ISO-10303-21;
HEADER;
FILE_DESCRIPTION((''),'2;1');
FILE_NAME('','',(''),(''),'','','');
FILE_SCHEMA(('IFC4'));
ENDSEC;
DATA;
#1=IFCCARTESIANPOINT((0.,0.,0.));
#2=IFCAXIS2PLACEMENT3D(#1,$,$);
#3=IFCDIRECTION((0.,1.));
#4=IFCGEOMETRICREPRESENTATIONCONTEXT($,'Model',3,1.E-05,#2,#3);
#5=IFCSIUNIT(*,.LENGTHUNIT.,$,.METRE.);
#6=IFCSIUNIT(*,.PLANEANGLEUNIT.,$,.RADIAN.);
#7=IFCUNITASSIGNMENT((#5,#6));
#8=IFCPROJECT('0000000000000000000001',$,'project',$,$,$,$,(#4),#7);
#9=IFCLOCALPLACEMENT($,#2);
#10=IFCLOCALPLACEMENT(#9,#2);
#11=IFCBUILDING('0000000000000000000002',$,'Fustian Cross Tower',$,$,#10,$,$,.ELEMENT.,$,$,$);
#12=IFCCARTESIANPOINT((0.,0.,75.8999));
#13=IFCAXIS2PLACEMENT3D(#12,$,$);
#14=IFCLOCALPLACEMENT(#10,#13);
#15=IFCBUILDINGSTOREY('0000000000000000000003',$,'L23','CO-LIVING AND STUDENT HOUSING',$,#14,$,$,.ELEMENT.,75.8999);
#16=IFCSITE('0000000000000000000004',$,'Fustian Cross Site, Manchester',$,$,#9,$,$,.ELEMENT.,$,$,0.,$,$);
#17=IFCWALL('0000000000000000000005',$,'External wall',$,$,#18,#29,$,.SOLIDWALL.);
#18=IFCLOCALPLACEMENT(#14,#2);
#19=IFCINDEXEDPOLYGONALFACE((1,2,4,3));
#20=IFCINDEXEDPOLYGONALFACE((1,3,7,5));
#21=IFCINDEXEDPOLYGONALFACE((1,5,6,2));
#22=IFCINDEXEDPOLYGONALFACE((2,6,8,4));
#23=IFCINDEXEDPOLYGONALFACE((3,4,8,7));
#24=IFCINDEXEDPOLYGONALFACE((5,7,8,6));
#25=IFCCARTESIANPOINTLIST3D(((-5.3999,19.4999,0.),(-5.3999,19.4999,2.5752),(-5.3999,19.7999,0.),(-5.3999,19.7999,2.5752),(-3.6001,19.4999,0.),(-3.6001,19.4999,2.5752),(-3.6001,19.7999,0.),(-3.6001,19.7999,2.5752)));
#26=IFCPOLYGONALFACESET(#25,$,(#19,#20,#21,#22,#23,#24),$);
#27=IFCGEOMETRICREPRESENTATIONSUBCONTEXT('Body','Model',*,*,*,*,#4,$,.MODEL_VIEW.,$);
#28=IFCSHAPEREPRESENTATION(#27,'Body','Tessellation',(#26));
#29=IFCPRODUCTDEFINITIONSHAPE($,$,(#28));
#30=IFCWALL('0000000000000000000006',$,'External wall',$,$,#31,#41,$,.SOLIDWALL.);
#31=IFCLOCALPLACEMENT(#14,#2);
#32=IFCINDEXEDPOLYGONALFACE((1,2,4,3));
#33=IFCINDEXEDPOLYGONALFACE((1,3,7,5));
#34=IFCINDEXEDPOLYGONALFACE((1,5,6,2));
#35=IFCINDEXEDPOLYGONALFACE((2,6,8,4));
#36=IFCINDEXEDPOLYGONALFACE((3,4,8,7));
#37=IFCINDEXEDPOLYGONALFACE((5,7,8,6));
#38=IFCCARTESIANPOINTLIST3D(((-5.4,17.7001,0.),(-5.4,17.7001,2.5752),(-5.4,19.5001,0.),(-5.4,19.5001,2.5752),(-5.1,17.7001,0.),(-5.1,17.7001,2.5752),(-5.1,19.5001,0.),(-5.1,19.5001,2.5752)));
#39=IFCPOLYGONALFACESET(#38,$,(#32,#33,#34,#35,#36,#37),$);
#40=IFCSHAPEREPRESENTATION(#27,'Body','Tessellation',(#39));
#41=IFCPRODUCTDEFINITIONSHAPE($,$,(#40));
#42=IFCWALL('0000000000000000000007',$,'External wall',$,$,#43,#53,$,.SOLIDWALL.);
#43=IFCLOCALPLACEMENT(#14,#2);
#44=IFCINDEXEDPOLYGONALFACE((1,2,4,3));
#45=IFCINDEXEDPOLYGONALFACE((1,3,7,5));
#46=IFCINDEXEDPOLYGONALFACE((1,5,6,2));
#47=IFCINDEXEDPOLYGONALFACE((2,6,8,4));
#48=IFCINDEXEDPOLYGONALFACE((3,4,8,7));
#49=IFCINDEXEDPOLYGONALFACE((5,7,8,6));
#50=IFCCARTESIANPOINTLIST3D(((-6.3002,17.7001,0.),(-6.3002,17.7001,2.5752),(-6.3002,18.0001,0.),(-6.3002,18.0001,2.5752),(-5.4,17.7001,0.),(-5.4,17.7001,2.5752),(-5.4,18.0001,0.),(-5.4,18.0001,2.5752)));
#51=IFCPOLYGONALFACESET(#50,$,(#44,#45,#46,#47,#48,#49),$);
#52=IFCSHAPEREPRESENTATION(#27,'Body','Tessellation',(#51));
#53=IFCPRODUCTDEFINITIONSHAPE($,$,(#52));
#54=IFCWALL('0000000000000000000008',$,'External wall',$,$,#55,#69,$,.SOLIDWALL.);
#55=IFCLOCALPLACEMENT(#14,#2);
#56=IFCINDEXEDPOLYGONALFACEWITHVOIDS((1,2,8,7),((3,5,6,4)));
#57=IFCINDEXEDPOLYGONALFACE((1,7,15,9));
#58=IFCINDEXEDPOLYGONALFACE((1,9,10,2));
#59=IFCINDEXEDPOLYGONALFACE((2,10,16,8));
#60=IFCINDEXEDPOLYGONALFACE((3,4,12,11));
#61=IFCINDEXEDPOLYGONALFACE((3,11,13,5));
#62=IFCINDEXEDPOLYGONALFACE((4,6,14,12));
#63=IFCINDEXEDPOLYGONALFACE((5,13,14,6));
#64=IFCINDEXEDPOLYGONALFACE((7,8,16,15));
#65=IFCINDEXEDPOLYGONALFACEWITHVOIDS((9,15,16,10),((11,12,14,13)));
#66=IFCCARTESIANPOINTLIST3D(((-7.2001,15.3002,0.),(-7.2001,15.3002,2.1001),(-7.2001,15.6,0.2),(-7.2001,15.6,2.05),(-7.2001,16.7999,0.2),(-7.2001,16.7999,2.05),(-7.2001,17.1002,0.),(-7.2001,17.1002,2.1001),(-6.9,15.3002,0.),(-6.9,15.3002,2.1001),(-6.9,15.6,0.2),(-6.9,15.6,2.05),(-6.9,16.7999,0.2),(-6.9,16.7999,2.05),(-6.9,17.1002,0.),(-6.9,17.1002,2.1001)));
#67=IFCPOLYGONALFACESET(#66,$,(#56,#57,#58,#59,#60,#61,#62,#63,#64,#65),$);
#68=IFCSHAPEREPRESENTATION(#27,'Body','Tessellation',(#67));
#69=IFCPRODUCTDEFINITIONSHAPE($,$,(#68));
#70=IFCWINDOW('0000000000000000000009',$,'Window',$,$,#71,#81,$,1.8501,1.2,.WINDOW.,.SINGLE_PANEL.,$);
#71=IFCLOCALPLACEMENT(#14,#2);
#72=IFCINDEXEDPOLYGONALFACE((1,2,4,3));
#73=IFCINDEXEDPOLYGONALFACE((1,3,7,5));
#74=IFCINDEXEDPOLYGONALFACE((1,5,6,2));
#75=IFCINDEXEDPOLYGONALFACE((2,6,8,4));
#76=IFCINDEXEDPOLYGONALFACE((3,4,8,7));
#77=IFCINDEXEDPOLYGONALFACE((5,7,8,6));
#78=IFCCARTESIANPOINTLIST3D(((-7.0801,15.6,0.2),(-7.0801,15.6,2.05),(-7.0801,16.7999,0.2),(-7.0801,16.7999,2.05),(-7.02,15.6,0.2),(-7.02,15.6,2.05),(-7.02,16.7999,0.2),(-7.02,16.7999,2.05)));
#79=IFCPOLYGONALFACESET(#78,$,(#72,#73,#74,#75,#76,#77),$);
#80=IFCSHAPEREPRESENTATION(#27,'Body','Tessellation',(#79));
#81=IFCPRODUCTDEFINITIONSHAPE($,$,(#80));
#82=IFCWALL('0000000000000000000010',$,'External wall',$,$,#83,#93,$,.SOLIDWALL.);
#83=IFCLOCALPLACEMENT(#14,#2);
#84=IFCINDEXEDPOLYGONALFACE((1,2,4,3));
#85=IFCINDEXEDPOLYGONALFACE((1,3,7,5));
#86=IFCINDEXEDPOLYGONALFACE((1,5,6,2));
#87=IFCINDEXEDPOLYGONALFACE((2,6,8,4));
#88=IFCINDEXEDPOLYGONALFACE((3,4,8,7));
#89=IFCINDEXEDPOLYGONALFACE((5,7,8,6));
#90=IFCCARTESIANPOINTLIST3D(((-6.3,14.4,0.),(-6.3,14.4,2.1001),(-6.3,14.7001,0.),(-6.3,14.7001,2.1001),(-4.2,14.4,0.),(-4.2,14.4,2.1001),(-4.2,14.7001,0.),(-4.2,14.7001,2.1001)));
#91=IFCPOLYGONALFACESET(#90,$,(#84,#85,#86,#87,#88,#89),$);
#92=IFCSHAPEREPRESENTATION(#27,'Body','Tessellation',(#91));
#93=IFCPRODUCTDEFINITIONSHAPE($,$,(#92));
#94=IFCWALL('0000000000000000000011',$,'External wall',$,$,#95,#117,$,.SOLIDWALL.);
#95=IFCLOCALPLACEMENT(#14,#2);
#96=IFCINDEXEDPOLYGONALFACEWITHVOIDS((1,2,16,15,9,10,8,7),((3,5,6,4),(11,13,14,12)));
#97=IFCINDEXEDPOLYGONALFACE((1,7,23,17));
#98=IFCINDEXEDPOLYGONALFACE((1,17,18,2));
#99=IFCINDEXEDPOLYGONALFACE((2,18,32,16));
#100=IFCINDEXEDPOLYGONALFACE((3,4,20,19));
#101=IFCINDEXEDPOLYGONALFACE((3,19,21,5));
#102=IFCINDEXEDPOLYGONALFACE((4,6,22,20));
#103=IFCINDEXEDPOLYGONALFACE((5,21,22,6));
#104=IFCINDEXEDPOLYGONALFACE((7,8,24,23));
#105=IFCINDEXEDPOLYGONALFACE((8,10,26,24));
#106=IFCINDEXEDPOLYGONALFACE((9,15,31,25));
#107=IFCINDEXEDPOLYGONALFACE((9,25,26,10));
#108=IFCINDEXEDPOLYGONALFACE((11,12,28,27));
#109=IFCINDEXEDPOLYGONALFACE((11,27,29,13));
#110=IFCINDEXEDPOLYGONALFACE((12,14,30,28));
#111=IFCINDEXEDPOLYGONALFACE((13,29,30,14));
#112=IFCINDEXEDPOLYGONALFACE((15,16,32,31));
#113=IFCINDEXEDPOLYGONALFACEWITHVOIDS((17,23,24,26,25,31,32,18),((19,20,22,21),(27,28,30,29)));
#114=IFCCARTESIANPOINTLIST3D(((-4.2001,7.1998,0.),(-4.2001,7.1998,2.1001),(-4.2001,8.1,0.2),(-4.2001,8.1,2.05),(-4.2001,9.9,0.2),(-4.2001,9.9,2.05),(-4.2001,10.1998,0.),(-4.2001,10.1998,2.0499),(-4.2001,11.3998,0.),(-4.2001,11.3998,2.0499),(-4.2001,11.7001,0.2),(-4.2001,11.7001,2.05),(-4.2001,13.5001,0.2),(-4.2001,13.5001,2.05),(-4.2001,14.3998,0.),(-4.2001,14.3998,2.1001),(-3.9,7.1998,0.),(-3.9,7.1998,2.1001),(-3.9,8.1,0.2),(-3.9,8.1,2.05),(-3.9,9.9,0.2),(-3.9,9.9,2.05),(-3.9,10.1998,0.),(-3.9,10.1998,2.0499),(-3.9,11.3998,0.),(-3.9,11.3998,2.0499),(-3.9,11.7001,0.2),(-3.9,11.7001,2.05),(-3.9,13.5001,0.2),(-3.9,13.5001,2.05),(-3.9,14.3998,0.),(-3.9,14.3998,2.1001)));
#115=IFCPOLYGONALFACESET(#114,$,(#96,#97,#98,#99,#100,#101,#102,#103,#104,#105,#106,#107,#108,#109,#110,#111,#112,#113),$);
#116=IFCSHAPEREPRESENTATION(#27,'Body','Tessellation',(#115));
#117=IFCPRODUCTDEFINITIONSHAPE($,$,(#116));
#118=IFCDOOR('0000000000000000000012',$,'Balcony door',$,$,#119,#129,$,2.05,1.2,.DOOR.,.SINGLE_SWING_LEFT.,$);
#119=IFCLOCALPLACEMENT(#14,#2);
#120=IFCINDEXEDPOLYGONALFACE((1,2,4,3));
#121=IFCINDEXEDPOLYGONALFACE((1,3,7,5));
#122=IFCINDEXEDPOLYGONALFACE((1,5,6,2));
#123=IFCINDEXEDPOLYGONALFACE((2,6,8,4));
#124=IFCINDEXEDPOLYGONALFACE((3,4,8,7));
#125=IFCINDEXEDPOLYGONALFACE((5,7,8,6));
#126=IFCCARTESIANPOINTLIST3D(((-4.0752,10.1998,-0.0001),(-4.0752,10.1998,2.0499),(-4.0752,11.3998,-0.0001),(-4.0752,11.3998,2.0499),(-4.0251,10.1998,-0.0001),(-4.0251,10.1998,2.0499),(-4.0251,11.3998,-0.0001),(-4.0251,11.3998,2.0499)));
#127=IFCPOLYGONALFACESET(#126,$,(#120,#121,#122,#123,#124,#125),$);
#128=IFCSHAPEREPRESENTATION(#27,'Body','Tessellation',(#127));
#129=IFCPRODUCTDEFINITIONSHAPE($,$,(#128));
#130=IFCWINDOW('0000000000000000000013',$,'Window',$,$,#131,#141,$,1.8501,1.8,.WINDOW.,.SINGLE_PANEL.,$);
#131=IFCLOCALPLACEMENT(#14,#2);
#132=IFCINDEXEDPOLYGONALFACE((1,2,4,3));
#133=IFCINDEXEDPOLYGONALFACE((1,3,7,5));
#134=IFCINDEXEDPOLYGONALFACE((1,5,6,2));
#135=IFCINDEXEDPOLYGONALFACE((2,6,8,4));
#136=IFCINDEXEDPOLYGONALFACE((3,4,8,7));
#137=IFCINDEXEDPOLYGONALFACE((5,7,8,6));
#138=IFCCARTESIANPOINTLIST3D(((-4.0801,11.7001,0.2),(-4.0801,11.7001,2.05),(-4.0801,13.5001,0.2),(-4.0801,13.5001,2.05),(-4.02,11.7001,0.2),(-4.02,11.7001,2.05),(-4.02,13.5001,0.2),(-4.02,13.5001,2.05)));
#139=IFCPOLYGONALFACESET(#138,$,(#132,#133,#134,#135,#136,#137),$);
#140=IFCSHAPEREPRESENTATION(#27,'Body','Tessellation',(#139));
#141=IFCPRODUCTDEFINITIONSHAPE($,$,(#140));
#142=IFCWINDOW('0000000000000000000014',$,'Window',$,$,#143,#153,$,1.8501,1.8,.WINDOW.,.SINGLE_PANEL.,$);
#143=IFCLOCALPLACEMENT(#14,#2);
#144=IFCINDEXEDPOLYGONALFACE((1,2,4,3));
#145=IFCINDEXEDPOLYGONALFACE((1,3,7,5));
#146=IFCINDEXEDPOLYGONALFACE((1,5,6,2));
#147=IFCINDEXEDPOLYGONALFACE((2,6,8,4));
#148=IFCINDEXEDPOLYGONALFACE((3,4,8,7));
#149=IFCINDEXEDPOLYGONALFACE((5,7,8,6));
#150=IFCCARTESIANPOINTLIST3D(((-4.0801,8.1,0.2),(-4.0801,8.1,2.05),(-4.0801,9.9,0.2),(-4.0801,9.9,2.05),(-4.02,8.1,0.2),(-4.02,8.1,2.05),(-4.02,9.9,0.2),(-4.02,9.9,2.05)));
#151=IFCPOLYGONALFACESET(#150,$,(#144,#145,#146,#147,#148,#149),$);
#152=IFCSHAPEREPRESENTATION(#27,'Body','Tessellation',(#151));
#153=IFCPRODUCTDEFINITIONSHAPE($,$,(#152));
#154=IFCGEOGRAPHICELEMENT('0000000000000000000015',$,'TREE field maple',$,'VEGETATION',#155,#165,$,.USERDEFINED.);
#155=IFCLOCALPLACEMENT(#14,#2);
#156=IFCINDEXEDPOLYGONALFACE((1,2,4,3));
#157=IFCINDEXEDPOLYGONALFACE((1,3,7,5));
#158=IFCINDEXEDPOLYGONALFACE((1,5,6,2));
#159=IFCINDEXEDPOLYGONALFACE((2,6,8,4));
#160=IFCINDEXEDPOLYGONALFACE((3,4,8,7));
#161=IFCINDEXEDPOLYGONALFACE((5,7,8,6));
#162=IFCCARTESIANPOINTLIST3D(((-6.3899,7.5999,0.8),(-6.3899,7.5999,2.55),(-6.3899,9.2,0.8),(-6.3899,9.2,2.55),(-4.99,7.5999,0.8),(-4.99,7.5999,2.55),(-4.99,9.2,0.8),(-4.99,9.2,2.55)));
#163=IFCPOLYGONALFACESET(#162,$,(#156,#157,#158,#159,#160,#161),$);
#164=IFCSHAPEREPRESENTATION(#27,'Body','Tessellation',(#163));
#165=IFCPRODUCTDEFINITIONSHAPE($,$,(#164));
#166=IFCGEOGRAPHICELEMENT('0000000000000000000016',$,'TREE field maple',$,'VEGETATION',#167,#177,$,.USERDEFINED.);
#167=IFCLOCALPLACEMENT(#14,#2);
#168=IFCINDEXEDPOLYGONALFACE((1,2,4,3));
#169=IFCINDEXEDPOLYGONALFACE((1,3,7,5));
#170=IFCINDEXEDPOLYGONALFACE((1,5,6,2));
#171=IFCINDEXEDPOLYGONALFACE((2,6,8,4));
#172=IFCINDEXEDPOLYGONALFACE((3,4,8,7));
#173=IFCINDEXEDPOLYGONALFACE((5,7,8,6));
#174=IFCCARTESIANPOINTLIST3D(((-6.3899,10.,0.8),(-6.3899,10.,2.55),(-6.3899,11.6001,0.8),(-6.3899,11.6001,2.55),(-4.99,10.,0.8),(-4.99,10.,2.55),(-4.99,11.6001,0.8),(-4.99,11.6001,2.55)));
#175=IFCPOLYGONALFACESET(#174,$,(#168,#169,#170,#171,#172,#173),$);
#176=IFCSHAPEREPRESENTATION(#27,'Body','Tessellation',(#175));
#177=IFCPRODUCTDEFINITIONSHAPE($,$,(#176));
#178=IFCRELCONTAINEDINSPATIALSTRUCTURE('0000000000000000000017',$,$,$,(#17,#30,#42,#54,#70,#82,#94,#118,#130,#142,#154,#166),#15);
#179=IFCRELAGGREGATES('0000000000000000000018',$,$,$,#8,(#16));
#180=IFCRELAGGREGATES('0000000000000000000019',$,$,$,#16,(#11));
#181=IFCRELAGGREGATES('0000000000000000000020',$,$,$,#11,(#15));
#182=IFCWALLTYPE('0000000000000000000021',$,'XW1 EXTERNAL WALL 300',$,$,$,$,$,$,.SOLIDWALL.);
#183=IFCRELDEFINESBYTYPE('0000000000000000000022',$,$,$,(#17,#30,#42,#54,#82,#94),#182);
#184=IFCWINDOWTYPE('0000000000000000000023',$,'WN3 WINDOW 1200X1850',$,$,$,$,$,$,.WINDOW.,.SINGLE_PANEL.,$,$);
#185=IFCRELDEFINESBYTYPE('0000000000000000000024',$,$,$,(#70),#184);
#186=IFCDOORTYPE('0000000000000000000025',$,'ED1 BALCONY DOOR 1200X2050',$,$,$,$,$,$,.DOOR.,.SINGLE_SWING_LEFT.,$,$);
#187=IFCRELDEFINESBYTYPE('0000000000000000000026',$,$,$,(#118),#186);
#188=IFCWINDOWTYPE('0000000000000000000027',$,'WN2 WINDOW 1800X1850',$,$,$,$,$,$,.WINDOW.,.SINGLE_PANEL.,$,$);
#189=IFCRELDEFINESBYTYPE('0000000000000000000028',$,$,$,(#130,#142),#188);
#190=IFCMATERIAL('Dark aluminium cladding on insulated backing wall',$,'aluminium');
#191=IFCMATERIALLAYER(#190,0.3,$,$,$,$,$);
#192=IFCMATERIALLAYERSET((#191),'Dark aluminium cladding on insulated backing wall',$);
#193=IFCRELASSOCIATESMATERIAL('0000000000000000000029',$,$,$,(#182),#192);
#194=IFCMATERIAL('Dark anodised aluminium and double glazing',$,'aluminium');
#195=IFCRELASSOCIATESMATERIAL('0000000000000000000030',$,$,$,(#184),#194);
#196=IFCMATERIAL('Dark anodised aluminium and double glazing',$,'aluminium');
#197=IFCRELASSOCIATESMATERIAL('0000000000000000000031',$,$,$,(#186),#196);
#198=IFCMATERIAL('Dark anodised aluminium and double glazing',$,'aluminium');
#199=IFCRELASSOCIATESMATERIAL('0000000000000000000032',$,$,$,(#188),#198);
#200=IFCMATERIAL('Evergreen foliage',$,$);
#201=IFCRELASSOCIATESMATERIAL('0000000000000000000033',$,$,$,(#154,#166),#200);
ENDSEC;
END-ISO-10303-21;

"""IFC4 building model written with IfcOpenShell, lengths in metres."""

from ifc_helpers import new_model, si_unit, direction, frame, frame_2d, origin, origin_2d, place, context, subcontext, project, spatial, rectangle, extrude, material, layer, layer_set, type_object, element, fill, save


model = new_model("IFC4")

# Units and contexts
model_context = context("Model", 3, precision=1e-05, world=origin(), true_north=direction((0.0, 1.0)))
body_context = subcontext(model_context, "Body", "Model", "MODEL_VIEW")
ifc_project = project(units=[si_unit("LENGTHUNIT", "METRE"), si_unit("PLANEANGLEUNIT", "RADIAN")], contexts=[model_context])

# Site, building, storey
site_placement = place(None, origin())
site = spatial("IfcSite", under=ifc_project, at=site_placement, Name="Fustian Cross Site, Manchester", CompositionType="ELEMENT", RefElevation=0.0)
building_placement = place(site_placement, origin())
building = spatial("IfcBuilding", under=site, at=building_placement, Name="Fustian Cross Tower", CompositionType="ELEMENT")
storey_placement = place(building_placement, frame((0.0, 0.0, 75.8999)))
storey = spatial("IfcBuildingStorey", under=building, at=storey_placement, Name="L23", Description="CO-LIVING AND STUDENT HOUSING", CompositionType="ELEMENT", Elevation=75.8999)

# Walls
ifc_material_1 = material(Name="Dark aluminium cladding on insulated backing wall", Category="aluminium")
ifc_layer_1 = layer(ifc_material_1, 0.3)
ifc_layer_set_1 = layer_set([ifc_layer_1], Name="Dark aluminium cladding on insulated backing wall")
wall_type_1 = type_object("IfcWallType", Name="XW1 EXTERNAL WALL 300", PredefinedType="SOLIDWALL", material=ifc_layer_set_1)
wall_1_placement = place(storey_placement, frame((-3.6001, 19.6499, 0.0), z_axis=(0.0, 0.0, 1.0), x_axis=(-1.0, 0.0, 0.0)))
element("IfcWall", 1, at=wall_1_placement, inside=storey, type_object=wall_type_1, Name="External wall", PredefinedType="SOLIDWALL", context=body_context, shape_type="SweptSolid", body=[
    extrude(rectangle(XDim=1.7998, YDim=0.3, at=frame_2d((0.8999, 0.0))), origin(), (0.0, 0.0, 1.0), 2.5752),
])
wall_2_placement = place(storey_placement, frame((-5.25, 19.5, 0.0), z_axis=(0.0, 0.0, 1.0), x_axis=(0.0, -1.0, 0.0)))
element("IfcWall", 2, at=wall_2_placement, inside=storey, type_object=wall_type_1, Name="External wall", PredefinedType="SOLIDWALL", context=body_context, shape_type="SweptSolid", body=[
    extrude(rectangle(XDim=1.8, YDim=0.3, at=frame_2d((0.8999, 0.0))), origin(), (0.0, 0.0, 1.0), 2.5752),
])
wall_3_placement = place(storey_placement, frame((-5.3999, 17.8501, 0.0), z_axis=(0.0, 0.0, 1.0), x_axis=(-1.0, 0.0, 0.0)))
element("IfcWall", 3, at=wall_3_placement, inside=storey, type_object=wall_type_1, Name="External wall", PredefinedType="SOLIDWALL", context=body_context, shape_type="SweptSolid", body=[
    extrude(rectangle(XDim=0.9001, YDim=0.3, at=frame_2d((0.4502, 0.0))), origin(), (0.0, 0.0, 1.0), 2.5752),
])

# Wall, opening, window
wall_4_placement = place(storey_placement, frame((-7.05, 17.1001, 0.0), z_axis=(0.0, 0.0, 1.0), x_axis=(0.0, -1.0, 0.0)))
wall_4 = element("IfcWall", 4, at=wall_4_placement, inside=storey, type_object=wall_type_1, Name="External wall", PredefinedType="SOLIDWALL", context=body_context, shape_type="SweptSolid", body=[
    extrude(rectangle(XDim=1.8, YDim=0.3, at=frame_2d((0.8999, 0.0))), origin(), (0.0, 0.0, 1.0), 2.1001),
])
opening_1_placement = place(wall_4_placement, frame((0.3, 0.0, 0.2)))
opening_1 = element("IfcOpeningElement", 5, at=opening_1_placement, cuts=wall_4, PredefinedType="OPENING", context=body_context, shape_type="SweptSolid", body=[
    extrude(rectangle(XDim=1.2, YDim=1.8501, at=frame_2d((0.6001, 0.925))), frame((0.0, 0.1599, 0.0), z_axis=(0.0, -1.0, 0.0), x_axis=(1.0, 0.0, 0.0)), (0.0, 0.0, 1.0), 0.3201),
])
ifc_material_2 = material(Name="Dark anodised aluminium and double glazing", Category="aluminium")
window_type_1 = type_object("IfcWindowType", Name="WN3 WINDOW 1200X1850", PartitioningType="SINGLE_PANEL", PredefinedType="WINDOW", material=ifc_material_2)
window_1_placement = place(opening_1_placement, origin())
window_1 = element("IfcWindow", 6, at=window_1_placement, inside=storey, type_object=window_type_1, Name="Window", OverallHeight=1.8501, OverallWidth=1.2, PartitioningType="SINGLE_PANEL", PredefinedType="WINDOW", context=body_context, shape_type="SweptSolid", body=[
    extrude(rectangle(XDim=1.2, YDim=1.8501, at=frame_2d((0.6001, 0.925))), frame((0.0, 0.03, 0.0), z_axis=(0.0, -1.0, 0.0), x_axis=(1.0, 0.0, 0.0)), (0.0, 0.0, 1.0), 0.0601),
])
fill(opening_1, window_1)

# Wall
wall_5_placement = place(storey_placement, frame((-6.3, 14.55, 0.0), z_axis=(0.0, 0.0, 1.0), x_axis=(1.0, 0.0, 0.0)))
element("IfcWall", 7, at=wall_5_placement, inside=storey, type_object=wall_type_1, Name="External wall", PredefinedType="SOLIDWALL", context=body_context, shape_type="SweptSolid", body=[
    extrude(rectangle(XDim=2.1001, YDim=0.3, at=frame_2d((1.05, 0.0))), origin(), (0.0, 0.0, 1.0), 2.1001),
])

# Wall, openings, door, windows
wall_6_placement = place(storey_placement, frame((-4.05, 14.3999, 0.0), z_axis=(0.0, 0.0, 1.0), x_axis=(0.0, -1.0, 0.0)))
wall_6 = element("IfcWall", 8, at=wall_6_placement, inside=storey, type_object=wall_type_1, Name="External wall", PredefinedType="SOLIDWALL", context=body_context, shape_type="SweptSolid", body=[
    extrude(rectangle(XDim=7.2, YDim=0.3, at=frame_2d((3.6001, 0.0))), origin(), (0.0, 0.0, 1.0), 2.1001),
])
opening_2_placement = place(wall_6_placement, frame((3.0, 0.0, 0.0)))
opening_2 = element("IfcOpeningElement", 9, at=opening_2_placement, cuts=wall_6, PredefinedType="OPENING", context=body_context, shape_type="SweptSolid", body=[
    extrude(rectangle(XDim=1.2, YDim=2.05, at=frame_2d((0.6001, 1.0249))), frame((0.0, 0.1599, 0.0), z_axis=(0.0, -1.0, 0.0), x_axis=(1.0, 0.0, 0.0)), (0.0, 0.0, 1.0), 0.3201),
])
opening_3_placement = place(wall_6_placement, frame((0.8999, 0.0, 0.2)))
opening_3 = element("IfcOpeningElement", 10, at=opening_3_placement, cuts=wall_6, PredefinedType="OPENING", context=body_context, shape_type="SweptSolid", body=[
    extrude(rectangle(XDim=1.8, YDim=1.8501, at=frame_2d((0.8999, 0.925))), frame((0.0, 0.1599, 0.0), z_axis=(0.0, -1.0, 0.0), x_axis=(1.0, 0.0, 0.0)), (0.0, 0.0, 1.0), 0.3201),
])
opening_4_placement = place(wall_6_placement, frame((4.5, 0.0, 0.2)))
opening_4 = element("IfcOpeningElement", 11, at=opening_4_placement, cuts=wall_6, PredefinedType="OPENING", context=body_context, shape_type="SweptSolid", body=[
    extrude(rectangle(XDim=1.8, YDim=1.8501, at=frame_2d((0.8999, 0.925))), frame((0.0, 0.1599, 0.0), z_axis=(0.0, -1.0, 0.0), x_axis=(1.0, 0.0, 0.0)), (0.0, 0.0, 1.0), 0.3201),
])
ifc_material_3 = material(Name="Dark anodised aluminium and double glazing", Category="aluminium")
door_type_1 = type_object("IfcDoorType", Name="ED1 BALCONY DOOR 1200X2050", OperationType="SINGLE_SWING_LEFT", PredefinedType="DOOR", material=ifc_material_3)
door_1_placement = place(opening_2_placement, origin())
door_1 = element("IfcDoor", 12, at=door_1_placement, inside=storey, type_object=door_type_1, Name="Balcony door", OperationType="SINGLE_SWING_LEFT", OverallHeight=2.05, OverallWidth=1.2, PredefinedType="DOOR", context=body_context, shape_type="SweptSolid", body=[
    extrude(rectangle(XDim=1.2, YDim=2.05, at=frame_2d((0.6001, 1.0249))), frame((0.0, 0.0249, 0.0), z_axis=(0.0, -1.0, 0.0), x_axis=(1.0, 0.0, 0.0)), (0.0, 0.0, 1.0), 0.05),
])
fill(opening_2, door_1)
ifc_material_4 = material(Name="Dark anodised aluminium and double glazing", Category="aluminium")
window_type_2 = type_object("IfcWindowType", Name="WN2 WINDOW 1800X1850", PartitioningType="SINGLE_PANEL", PredefinedType="WINDOW", material=ifc_material_4)
window_2_placement = place(opening_3_placement, origin())
window_2 = element("IfcWindow", 13, at=window_2_placement, inside=storey, type_object=window_type_2, Name="Window", OverallHeight=1.8501, OverallWidth=1.8, PartitioningType="SINGLE_PANEL", PredefinedType="WINDOW", context=body_context, shape_type="SweptSolid", body=[
    extrude(rectangle(XDim=1.8, YDim=1.8501, at=frame_2d((0.8999, 0.925))), frame((0.0, 0.03, 0.0), z_axis=(0.0, -1.0, 0.0), x_axis=(1.0, 0.0, 0.0)), (0.0, 0.0, 1.0), 0.0601),
])
fill(opening_3, window_2)
window_3_placement = place(opening_4_placement, origin())
window_3 = element("IfcWindow", 14, at=window_3_placement, inside=storey, type_object=window_type_2, Name="Window", OverallHeight=1.8501, OverallWidth=1.8, PartitioningType="SINGLE_PANEL", PredefinedType="WINDOW", context=body_context, shape_type="SweptSolid", body=[
    extrude(rectangle(XDim=1.8, YDim=1.8501, at=frame_2d((0.8999, 0.925))), frame((0.0, 0.03, 0.0), z_axis=(0.0, -1.0, 0.0), x_axis=(1.0, 0.0, 0.0)), (0.0, 0.0, 1.0), 0.0601),
])
fill(opening_4, window_3)

# Geographic elements
ifc_material_5 = material(Name="Evergreen foliage")
for number, where, z_axis, x_axis, name in (
    (15, (-5.6899, 8.3999, 0.8), (0.0, 0.0, 1.0), (1.0, 0.0, 0.0), "TREE field maple"),
    (16, (-5.6899, 10.8, 0.8), (0.0, 0.0, 1.0), (1.0, 0.0, 0.0), "TREE field maple"),
):
    element("IfcGeographicElement", number, at=place(storey_placement, frame(where, z_axis=z_axis, x_axis=x_axis)), inside=storey, material=ifc_material_5, Name=name, ObjectType="VEGETATION", PredefinedType="USERDEFINED", context=body_context, shape_type="SweptSolid", body=[
        extrude(rectangle(XDim=1.3999, YDim=1.6001, at=origin_2d()), origin(), (0.0, 0.0, 1.0), 1.75),
    ])

save(model, "model.ifc")
